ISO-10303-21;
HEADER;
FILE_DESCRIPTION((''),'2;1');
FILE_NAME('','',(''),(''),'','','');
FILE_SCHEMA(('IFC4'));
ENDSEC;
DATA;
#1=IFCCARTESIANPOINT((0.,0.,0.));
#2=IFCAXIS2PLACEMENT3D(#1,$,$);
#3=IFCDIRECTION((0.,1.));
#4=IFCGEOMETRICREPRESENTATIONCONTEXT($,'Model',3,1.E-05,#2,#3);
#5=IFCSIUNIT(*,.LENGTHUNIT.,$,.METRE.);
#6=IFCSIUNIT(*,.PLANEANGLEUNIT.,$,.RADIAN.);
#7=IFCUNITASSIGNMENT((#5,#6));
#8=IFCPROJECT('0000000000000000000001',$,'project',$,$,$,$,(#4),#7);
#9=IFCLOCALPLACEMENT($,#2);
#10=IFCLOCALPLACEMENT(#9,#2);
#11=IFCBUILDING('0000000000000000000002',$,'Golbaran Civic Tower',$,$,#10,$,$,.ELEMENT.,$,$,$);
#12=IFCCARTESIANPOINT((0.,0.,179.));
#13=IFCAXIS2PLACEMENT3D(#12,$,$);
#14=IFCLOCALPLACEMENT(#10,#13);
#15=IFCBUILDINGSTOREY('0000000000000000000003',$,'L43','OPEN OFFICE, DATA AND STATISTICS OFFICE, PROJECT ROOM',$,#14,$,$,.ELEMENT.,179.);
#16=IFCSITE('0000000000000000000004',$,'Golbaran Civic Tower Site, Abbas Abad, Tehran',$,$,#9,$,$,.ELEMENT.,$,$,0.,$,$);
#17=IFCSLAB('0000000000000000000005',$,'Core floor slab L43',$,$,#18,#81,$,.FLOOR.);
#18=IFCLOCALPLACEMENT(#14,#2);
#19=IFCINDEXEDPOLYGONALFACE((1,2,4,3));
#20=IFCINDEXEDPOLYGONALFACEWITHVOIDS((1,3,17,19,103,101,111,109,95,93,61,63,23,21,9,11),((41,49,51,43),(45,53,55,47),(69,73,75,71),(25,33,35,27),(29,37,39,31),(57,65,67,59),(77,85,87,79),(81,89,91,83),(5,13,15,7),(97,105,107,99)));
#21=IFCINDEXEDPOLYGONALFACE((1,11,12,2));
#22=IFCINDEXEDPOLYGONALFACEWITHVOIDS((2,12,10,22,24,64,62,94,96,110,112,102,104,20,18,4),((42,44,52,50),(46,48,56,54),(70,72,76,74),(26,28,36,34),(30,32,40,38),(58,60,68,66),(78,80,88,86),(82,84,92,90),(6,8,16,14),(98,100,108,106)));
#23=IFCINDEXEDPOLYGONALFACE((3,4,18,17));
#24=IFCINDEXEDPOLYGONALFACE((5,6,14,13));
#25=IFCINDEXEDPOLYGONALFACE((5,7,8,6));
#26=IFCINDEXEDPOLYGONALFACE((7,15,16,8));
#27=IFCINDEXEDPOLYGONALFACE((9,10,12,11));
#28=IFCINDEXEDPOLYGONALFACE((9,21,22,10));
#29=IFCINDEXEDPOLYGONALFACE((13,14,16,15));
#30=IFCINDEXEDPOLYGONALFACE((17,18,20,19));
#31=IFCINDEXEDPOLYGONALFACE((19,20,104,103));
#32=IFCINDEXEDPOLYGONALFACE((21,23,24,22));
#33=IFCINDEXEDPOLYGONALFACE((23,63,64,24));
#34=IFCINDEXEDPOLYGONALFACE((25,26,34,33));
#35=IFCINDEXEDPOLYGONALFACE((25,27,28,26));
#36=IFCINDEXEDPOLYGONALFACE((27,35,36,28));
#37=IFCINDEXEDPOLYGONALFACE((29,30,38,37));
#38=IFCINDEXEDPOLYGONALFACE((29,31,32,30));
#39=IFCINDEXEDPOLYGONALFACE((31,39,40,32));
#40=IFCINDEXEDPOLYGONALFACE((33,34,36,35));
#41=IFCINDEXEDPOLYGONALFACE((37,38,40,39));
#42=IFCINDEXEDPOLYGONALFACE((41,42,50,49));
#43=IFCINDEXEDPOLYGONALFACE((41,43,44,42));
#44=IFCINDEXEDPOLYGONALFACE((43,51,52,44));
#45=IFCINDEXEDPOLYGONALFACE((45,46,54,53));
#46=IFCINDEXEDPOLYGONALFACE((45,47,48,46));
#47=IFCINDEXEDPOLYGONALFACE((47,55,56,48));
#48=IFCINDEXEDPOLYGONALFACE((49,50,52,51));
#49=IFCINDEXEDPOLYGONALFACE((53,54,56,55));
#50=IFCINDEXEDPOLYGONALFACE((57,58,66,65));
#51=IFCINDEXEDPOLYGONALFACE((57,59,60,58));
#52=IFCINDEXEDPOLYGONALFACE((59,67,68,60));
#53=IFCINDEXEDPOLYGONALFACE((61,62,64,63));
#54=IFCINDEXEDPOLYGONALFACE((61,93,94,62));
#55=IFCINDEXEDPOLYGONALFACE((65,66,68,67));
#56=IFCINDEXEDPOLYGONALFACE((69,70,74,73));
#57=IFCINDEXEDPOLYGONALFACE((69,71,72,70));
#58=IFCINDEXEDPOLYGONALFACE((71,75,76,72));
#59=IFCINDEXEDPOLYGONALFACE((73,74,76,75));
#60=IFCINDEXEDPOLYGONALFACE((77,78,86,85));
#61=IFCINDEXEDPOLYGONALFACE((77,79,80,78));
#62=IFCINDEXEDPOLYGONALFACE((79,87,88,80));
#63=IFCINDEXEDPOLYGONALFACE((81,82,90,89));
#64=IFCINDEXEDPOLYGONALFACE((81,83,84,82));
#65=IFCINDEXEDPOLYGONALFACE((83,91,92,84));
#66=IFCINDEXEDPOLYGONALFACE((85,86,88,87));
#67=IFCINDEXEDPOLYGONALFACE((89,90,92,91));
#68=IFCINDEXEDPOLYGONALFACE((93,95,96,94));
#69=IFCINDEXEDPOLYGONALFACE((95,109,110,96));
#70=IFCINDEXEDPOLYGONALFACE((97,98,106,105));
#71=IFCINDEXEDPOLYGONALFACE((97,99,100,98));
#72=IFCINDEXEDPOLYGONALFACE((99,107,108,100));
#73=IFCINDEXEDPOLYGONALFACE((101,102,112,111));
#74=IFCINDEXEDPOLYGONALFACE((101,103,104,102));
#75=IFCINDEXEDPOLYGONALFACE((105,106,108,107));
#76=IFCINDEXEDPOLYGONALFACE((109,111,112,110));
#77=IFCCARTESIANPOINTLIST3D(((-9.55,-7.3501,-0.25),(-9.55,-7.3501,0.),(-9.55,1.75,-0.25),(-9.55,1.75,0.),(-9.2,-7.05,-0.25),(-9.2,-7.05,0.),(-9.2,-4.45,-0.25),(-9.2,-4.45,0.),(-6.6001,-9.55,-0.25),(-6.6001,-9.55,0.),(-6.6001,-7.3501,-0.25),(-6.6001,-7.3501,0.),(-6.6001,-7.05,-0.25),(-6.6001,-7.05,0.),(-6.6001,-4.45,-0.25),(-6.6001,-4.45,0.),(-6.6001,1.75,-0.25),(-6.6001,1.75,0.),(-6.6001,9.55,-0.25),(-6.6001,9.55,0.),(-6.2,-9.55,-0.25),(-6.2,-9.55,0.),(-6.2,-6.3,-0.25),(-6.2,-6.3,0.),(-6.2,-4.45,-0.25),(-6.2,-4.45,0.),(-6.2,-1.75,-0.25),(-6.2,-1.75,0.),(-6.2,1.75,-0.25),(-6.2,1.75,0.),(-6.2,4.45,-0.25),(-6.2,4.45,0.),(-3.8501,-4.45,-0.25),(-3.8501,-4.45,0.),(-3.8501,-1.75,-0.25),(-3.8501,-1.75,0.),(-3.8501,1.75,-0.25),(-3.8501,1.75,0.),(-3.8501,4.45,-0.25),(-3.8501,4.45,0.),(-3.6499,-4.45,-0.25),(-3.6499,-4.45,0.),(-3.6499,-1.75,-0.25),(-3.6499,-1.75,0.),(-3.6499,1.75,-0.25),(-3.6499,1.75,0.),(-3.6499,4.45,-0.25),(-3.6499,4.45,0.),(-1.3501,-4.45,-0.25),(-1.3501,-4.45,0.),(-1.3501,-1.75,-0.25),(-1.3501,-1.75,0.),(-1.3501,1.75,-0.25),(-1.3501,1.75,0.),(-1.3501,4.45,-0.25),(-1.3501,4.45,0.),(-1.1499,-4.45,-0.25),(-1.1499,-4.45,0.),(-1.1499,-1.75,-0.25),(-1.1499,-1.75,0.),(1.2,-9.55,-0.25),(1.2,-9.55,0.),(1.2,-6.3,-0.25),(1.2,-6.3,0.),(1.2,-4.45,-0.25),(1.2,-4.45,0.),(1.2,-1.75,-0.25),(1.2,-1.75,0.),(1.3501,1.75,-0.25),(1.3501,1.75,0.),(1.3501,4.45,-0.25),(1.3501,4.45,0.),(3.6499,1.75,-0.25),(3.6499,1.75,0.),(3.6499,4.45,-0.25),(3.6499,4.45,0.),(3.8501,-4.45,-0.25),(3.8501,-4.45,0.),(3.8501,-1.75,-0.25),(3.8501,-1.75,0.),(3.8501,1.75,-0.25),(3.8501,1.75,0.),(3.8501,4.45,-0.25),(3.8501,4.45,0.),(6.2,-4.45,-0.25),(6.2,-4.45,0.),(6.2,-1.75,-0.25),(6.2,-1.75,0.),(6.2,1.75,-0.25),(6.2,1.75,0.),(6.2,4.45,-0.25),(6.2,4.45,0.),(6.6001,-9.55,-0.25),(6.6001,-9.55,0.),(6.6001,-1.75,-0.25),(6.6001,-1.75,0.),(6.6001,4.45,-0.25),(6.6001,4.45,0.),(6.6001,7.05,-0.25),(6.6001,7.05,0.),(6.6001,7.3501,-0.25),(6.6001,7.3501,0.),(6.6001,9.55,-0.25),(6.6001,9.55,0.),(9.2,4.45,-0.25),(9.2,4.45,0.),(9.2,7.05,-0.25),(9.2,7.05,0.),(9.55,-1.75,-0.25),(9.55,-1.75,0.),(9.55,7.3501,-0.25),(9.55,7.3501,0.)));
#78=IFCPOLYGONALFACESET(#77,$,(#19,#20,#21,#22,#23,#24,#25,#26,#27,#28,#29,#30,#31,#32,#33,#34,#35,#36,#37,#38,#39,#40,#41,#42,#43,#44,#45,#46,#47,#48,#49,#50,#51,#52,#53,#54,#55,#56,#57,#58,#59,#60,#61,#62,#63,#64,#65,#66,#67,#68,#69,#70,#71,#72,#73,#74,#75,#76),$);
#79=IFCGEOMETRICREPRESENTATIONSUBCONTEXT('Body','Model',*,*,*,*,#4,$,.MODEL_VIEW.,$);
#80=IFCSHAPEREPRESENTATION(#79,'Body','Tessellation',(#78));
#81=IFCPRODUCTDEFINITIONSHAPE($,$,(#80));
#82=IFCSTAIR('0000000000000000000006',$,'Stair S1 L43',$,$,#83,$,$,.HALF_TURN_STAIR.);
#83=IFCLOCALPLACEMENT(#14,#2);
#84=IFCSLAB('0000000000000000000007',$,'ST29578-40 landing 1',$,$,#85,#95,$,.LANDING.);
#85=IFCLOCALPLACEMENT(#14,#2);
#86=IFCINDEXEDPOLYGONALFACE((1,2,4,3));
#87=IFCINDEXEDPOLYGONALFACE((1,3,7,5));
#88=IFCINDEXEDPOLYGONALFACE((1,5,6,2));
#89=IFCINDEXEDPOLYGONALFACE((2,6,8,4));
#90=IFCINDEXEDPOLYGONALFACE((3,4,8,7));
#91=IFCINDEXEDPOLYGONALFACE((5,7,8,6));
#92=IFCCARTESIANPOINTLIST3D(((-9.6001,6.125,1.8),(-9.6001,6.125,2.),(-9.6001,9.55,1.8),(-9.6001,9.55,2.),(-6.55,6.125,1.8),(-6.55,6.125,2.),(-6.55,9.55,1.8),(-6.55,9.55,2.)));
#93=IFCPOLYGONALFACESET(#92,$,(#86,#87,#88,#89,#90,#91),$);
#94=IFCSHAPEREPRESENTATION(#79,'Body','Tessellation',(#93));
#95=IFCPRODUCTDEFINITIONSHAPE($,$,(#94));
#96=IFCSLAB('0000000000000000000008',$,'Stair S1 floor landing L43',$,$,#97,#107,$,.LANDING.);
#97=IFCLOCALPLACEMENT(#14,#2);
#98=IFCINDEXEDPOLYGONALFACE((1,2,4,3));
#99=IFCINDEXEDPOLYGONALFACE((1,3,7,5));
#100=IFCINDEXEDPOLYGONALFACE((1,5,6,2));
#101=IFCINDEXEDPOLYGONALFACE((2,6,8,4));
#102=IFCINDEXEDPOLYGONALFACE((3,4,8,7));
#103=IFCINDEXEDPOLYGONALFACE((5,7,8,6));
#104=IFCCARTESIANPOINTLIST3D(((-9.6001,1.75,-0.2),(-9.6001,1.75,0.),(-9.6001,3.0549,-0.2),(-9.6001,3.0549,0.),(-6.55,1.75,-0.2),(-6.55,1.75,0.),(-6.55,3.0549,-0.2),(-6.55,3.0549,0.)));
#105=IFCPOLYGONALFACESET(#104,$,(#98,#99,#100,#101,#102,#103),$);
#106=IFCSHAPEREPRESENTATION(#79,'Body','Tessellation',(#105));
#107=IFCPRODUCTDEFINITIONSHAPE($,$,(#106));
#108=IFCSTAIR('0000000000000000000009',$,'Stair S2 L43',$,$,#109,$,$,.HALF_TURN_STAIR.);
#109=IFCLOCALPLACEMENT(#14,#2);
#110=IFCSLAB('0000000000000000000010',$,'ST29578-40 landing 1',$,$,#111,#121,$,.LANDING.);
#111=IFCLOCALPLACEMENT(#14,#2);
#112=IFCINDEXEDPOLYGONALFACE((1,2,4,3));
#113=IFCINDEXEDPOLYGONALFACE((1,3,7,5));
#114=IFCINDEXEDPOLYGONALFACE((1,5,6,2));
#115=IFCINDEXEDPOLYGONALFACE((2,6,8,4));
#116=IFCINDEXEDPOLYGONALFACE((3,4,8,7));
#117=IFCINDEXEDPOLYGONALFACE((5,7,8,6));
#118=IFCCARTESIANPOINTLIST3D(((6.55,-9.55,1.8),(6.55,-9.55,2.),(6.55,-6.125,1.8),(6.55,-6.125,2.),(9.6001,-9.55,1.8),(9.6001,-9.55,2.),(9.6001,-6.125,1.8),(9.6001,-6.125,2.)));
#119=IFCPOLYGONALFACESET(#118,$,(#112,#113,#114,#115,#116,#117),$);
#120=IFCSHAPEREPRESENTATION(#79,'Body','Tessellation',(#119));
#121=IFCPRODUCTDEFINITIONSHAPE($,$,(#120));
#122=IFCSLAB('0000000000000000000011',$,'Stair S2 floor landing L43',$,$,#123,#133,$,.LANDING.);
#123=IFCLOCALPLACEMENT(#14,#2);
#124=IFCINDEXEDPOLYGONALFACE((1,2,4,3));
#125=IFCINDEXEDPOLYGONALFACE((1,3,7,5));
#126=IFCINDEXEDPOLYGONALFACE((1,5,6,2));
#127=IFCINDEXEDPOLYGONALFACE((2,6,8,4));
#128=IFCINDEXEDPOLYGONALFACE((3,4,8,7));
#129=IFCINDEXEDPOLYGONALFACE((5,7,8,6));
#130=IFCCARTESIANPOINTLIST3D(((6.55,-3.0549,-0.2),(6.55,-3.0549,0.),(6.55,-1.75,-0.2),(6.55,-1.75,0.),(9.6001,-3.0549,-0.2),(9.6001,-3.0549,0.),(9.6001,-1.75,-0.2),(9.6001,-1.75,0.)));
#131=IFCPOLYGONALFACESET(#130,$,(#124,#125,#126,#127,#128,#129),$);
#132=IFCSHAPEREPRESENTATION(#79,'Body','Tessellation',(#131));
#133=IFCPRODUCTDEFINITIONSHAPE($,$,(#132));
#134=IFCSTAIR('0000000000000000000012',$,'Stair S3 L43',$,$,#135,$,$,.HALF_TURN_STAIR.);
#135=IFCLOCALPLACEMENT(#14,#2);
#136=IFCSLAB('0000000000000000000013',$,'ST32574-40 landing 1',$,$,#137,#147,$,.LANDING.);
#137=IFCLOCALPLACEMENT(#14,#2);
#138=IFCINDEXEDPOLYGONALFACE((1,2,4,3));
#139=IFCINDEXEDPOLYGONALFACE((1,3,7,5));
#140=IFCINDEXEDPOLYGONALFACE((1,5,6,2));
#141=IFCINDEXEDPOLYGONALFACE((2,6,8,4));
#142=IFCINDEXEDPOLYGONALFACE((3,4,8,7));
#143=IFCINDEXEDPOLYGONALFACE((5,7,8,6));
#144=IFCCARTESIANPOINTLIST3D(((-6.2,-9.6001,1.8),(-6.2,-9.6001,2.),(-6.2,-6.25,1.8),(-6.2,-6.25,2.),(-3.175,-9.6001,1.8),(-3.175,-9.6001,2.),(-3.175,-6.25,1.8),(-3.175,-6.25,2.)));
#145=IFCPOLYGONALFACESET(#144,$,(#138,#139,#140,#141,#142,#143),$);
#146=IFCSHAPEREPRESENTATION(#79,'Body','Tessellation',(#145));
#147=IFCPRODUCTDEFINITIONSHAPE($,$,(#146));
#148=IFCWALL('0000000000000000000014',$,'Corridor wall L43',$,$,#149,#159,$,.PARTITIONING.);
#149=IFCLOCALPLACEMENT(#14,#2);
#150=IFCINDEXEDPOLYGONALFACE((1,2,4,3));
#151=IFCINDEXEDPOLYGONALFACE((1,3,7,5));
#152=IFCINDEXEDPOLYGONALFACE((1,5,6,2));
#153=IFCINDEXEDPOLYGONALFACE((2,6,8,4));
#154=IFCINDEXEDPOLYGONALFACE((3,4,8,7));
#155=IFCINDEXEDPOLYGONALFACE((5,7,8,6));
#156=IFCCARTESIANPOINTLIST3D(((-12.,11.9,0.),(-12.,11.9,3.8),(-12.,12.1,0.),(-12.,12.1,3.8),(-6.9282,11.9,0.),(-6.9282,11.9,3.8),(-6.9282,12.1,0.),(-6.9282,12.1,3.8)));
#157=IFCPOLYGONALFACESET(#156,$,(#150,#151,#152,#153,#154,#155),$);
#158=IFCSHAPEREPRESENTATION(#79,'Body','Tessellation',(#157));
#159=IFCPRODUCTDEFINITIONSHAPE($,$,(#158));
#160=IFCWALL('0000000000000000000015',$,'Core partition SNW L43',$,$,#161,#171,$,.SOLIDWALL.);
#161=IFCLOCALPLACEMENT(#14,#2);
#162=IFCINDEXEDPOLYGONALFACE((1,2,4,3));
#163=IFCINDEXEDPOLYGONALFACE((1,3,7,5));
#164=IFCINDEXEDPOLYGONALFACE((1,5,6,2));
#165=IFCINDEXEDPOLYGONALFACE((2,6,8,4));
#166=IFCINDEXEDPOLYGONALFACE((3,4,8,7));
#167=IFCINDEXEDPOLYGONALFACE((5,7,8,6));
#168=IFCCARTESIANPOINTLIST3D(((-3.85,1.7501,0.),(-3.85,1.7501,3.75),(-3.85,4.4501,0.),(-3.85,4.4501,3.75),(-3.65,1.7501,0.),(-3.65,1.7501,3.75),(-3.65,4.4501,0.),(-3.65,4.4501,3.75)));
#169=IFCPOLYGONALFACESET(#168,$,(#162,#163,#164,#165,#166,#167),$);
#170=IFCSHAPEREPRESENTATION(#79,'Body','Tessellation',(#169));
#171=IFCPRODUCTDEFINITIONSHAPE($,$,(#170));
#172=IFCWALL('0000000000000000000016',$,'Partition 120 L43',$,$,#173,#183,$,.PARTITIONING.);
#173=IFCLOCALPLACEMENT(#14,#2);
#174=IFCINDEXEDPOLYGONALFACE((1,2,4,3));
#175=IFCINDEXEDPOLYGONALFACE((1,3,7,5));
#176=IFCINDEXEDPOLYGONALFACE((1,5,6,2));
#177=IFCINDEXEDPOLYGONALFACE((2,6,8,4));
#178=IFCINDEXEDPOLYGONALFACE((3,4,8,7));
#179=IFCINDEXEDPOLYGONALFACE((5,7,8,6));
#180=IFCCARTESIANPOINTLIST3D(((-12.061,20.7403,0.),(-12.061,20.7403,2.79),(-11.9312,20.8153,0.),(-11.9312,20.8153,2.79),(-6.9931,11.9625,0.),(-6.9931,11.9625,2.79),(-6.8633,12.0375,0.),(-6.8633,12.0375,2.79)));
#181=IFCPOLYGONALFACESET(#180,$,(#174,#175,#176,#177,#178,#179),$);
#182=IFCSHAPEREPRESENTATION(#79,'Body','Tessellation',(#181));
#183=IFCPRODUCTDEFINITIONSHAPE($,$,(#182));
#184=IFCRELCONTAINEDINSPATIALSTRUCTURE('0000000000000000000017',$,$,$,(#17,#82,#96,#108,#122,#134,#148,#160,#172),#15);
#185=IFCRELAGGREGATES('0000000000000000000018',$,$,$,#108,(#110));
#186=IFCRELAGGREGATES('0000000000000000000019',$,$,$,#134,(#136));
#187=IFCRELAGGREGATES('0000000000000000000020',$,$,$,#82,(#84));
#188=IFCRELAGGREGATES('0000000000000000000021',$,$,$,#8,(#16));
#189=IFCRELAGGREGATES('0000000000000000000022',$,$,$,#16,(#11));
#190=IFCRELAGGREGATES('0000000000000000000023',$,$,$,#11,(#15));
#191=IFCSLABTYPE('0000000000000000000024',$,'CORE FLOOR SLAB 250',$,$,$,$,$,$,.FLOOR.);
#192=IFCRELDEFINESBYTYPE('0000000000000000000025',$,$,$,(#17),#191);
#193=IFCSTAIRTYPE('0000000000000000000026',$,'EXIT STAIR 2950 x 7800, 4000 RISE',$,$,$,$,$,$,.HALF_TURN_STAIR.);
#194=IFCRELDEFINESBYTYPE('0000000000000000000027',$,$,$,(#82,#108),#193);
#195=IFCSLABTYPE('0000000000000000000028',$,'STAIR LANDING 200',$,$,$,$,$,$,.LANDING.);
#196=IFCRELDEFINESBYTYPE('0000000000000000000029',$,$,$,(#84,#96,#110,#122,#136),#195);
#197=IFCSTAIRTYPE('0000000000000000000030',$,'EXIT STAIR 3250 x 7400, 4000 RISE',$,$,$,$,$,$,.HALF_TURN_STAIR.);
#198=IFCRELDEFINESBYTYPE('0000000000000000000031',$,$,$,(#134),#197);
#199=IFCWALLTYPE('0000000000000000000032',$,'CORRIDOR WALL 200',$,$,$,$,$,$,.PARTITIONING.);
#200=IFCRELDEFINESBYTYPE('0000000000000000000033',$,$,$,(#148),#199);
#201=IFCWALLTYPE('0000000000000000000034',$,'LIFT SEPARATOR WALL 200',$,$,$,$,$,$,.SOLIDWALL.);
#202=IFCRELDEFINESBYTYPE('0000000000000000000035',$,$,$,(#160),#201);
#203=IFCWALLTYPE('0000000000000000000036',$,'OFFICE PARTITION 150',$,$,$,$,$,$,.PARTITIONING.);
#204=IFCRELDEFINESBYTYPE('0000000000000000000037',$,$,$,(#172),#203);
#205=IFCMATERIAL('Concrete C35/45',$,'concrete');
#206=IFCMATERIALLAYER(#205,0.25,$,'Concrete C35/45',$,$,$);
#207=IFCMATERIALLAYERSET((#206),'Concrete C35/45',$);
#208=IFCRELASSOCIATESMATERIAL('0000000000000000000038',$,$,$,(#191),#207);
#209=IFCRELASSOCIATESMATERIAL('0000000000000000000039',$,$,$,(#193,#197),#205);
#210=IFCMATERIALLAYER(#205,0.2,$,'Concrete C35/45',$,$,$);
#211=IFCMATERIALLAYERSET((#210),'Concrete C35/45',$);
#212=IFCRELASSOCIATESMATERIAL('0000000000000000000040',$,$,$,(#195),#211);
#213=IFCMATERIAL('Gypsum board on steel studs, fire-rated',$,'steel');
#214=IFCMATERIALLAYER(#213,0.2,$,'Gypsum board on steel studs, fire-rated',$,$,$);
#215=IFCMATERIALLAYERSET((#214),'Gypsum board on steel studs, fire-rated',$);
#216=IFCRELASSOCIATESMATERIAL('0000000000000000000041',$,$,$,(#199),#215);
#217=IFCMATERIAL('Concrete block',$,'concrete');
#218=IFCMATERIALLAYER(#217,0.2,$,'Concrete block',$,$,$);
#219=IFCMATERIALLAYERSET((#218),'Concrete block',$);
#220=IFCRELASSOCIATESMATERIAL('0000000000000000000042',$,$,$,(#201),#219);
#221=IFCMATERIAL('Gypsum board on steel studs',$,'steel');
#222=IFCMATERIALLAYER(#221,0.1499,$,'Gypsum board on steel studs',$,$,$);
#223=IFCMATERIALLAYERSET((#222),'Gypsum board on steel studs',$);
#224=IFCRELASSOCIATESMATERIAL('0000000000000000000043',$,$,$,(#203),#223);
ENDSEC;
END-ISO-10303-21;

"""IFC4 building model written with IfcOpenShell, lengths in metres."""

from ifc_helpers import new_model, si_unit, direction, frame, frame_2d, origin, place, context, subcontext, project, spatial, polyline, rectangle, outline, extrude, material, layer, layer_set, type_object, element, aggregate, save


model = new_model("IFC4")

# Units and contexts
model_context = context("Model", 3, precision=1e-05, world=origin(), true_north=direction((0.0, 1.0)))
body_context = subcontext(model_context, "Body", "Model", "MODEL_VIEW")
ifc_project = project(units=[si_unit("LENGTHUNIT", "METRE"), si_unit("PLANEANGLEUNIT", "RADIAN")], contexts=[model_context])

# Site, building, storey
site_placement = place(None, origin())
site = spatial("IfcSite", under=ifc_project, at=site_placement, Name="Golbaran Civic Tower Site, Abbas Abad, Tehran", CompositionType="ELEMENT", RefElevation=0.0)
building_placement = place(site_placement, origin())
building = spatial("IfcBuilding", under=site, at=building_placement, Name="Golbaran Civic Tower", CompositionType="ELEMENT")
storey_placement = place(building_placement, frame((0.0, 0.0, 179.0)))
storey = spatial("IfcBuildingStorey", under=building, at=storey_placement, Name="L43", Description="OPEN OFFICE, DATA AND STATISTICS OFFICE, PROJECT ROOM", CompositionType="ELEMENT", Elevation=179.0)

# Slab
ifc_material_1 = material(Name="Concrete C35/45", Category="concrete")
ifc_layer_1 = layer(ifc_material_1, 0.25, Name="Concrete C35/45")
ifc_layer_set_1 = layer_set([ifc_layer_1], Name="Concrete C35/45")
slab_type_1 = type_object("IfcSlabType", Name="CORE FLOOR SLAB 250", PredefinedType="FLOOR", material=ifc_layer_set_1)
slab_1_placement = place(storey_placement, frame((0.0, 0.0, -0.25)))
element("IfcSlab", 1, at=slab_1_placement, inside=storey, type_object=slab_type_1, Name="Core floor slab L43", PredefinedType="FLOOR", context=body_context, shape_type="SweptSolid", body=[
    extrude(outline(polyline([(6.6001, -1.75), (6.6001, -9.55), (1.2, -9.55), (1.2, -6.3), (-6.2, -6.3), (-6.2, -9.55), (-6.6001, -9.55), (-6.6001, -7.3501), (-9.55, -7.3501), (-9.55, 1.75), (-6.6001, 1.75), (-6.6001, 9.55), (6.6001, 9.55), (6.6001, 7.3501), (9.55, 7.3501), (9.55, -1.75), (6.6001, -1.75)]), holes=[polyline([(9.2, 7.05), (6.6001, 7.05), (6.6001, 4.45), (9.2, 4.45), (9.2, 7.05)]), polyline([(6.2, -1.75), (3.8501, -1.75), (3.8501, -4.45), (6.2, -4.45), (6.2, -1.75)]), polyline([(6.2, 4.45), (3.8501, 4.45), (3.8501, 1.75), (6.2, 1.75), (6.2, 4.45)]), polyline([(3.6499, 4.45), (1.3501, 4.45), (1.3501, 1.75), (3.6499, 1.75), (3.6499, 4.45)]), polyline([(1.2, -1.75), (-1.1499, -1.75), (-1.1499, -4.45), (1.2, -4.45), (1.2, -1.75)]), polyline([(-1.3501, 4.45), (-3.6499, 4.45), (-3.6499, 1.75), (-1.3501, 1.75), (-1.3501, 4.45)]), polyline([(-1.3501, -1.75), (-3.6499, -1.75), (-3.6499, -4.45), (-1.3501, -4.45), (-1.3501, -1.75)]), polyline([(-3.8501, -1.75), (-6.2, -1.75), (-6.2, -4.45), (-3.8501, -4.45), (-3.8501, -1.75)]), polyline([(-3.8501, 4.45), (-6.2, 4.45), (-6.2, 1.75), (-3.8501, 1.75), (-3.8501, 4.45)]), polyline([(-6.6001, -4.45), (-9.2, -4.45), (-9.2, -7.05), (-6.6001, -7.05), (-6.6001, -4.45)])]), origin(), (0.0, 0.0, 1.0), 0.25),
])

# Stair, slab
stair_type_1 = type_object("IfcStairType", Name="EXIT STAIR 2950 x 7800, 4000 RISE", PredefinedType="HALF_TURN_STAIR", material=ifc_material_1)
stair_1_placement = place(storey_placement, origin())
stair_1 = element("IfcStair", 2, at=stair_1_placement, inside=storey, type_object=stair_type_1, Name="Stair S1 L43", PredefinedType="HALF_TURN_STAIR")
ifc_layer_2 = layer(ifc_material_1, 0.2, Name="Concrete C35/45")
ifc_layer_set_2 = layer_set([ifc_layer_2], Name="Concrete C35/45")
slab_type_2 = type_object("IfcSlabType", Name="STAIR LANDING 200", PredefinedType="LANDING", material=ifc_layer_set_2)
slab_2_placement = place(storey_placement, frame((0.0, 0.0, 1.8)))
slab_2 = element("IfcSlab", 3, at=slab_2_placement, type_object=slab_type_2, Name="ST29578-40 landing 1", PredefinedType="LANDING", context=body_context, shape_type="SweptSolid", body=[
    extrude(outline(polyline([(-9.6001, 6.125), (-9.6001, 9.55), (-6.55, 9.55), (-6.55, 6.125), (-9.6001, 6.125)])), origin(), (0.0, 0.0, 1.0), 0.2),
])

# Slab
slab_3_placement = place(storey_placement, frame((0.0, 0.0, -0.2)))
element("IfcSlab", 4, at=slab_3_placement, inside=storey, type_object=slab_type_2, Name="Stair S1 floor landing L43", PredefinedType="LANDING", context=body_context, shape_type="SweptSolid", body=[
    extrude(outline(polyline([(-9.6001, 1.75), (-9.6001, 3.0549), (-6.55, 3.0549), (-6.55, 1.75), (-9.6001, 1.75)])), origin(), (0.0, 0.0, 1.0), 0.2),
])

# Stair, slab
stair_2_placement = place(storey_placement, origin())
stair_2 = element("IfcStair", 5, at=stair_2_placement, inside=storey, type_object=stair_type_1, Name="Stair S2 L43", PredefinedType="HALF_TURN_STAIR")
slab_4_placement = place(storey_placement, frame((0.0, 0.0, 1.8)))
slab_4 = element("IfcSlab", 6, at=slab_4_placement, type_object=slab_type_2, Name="ST29578-40 landing 1", PredefinedType="LANDING", context=body_context, shape_type="SweptSolid", body=[
    extrude(outline(polyline([(9.6001, -6.125), (9.6001, -9.55), (6.55, -9.55), (6.55, -6.125), (9.6001, -6.125)])), origin(), (0.0, 0.0, 1.0), 0.2),
])
aggregate(stair_2, [slab_4])

# Slab
slab_5_placement = place(storey_placement, frame((0.0, 0.0, -0.2)))
element("IfcSlab", 7, at=slab_5_placement, inside=storey, type_object=slab_type_2, Name="Stair S2 floor landing L43", PredefinedType="LANDING", context=body_context, shape_type="SweptSolid", body=[
    extrude(outline(polyline([(9.6001, -1.75), (9.6001, -3.0549), (6.55, -3.0549), (6.55, -1.75), (9.6001, -1.75)])), origin(), (0.0, 0.0, 1.0), 0.2),
])

# Stair, slab
stair_type_2 = type_object("IfcStairType", Name="EXIT STAIR 3250 x 7400, 4000 RISE", PredefinedType="HALF_TURN_STAIR", material=ifc_material_1)
stair_3_placement = place(storey_placement, origin())
stair_3 = element("IfcStair", 8, at=stair_3_placement, inside=storey, type_object=stair_type_2, Name="Stair S3 L43", PredefinedType="HALF_TURN_STAIR")
slab_6_placement = place(storey_placement, frame((0.0, 0.0, 1.8)))
slab_6 = element("IfcSlab", 9, at=slab_6_placement, type_object=slab_type_2, Name="ST32574-40 landing 1", PredefinedType="LANDING", context=body_context, shape_type="SweptSolid", body=[
    extrude(outline(polyline([(-3.175, -9.6001), (-6.2, -9.6001), (-6.2, -6.25), (-3.175, -6.25), (-3.175, -9.6001)])), origin(), (0.0, 0.0, 1.0), 0.2),
])
aggregate(stair_3, [slab_6])

# Walls
ifc_material_2 = material(Name="Gypsum board on steel studs, fire-rated", Category="steel")
ifc_layer_3 = layer(ifc_material_2, 0.2, Name="Gypsum board on steel studs, fire-rated")
ifc_layer_set_3 = layer_set([ifc_layer_3], Name="Gypsum board on steel studs, fire-rated")
wall_type_1 = type_object("IfcWallType", Name="CORRIDOR WALL 200", PredefinedType="PARTITIONING", material=ifc_layer_set_3)
wall_1_placement = place(storey_placement, frame((-6.9282, 12.0, 0.0), z_axis=(0.0, 0.0, 1.0), x_axis=(-1.0, 0.0, 0.0)))
element("IfcWall", 10, at=wall_1_placement, inside=storey, type_object=wall_type_1, Name="Corridor wall L43", PredefinedType="PARTITIONING", context=body_context, shape_type="SweptSolid", body=[
    extrude(rectangle(XDim=5.0718, YDim=0.2, at=frame_2d((2.5359, 0.0))), origin(), (0.0, 0.0, 1.0), 3.8),
])
ifc_material_3 = material(Name="Concrete block", Category="concrete")
ifc_layer_4 = layer(ifc_material_3, 0.2, Name="Concrete block")
ifc_layer_set_4 = layer_set([ifc_layer_4], Name="Concrete block")
wall_type_2 = type_object("IfcWallType", Name="LIFT SEPARATOR WALL 200", PredefinedType="SOLIDWALL", material=ifc_layer_set_4)
wall_2_placement = place(storey_placement, frame((-3.75, 1.75, 0.0), z_axis=(0.0, 0.0, 1.0), x_axis=(0.0, 1.0, 0.0)))
element("IfcWall", 11, at=wall_2_placement, inside=storey, type_object=wall_type_2, Name="Core partition SNW L43", PredefinedType="SOLIDWALL", context=body_context, shape_type="SweptSolid", body=[
    extrude(rectangle(XDim=2.7, YDim=0.2, at=frame_2d((1.3501, 0.0))), origin(), (0.0, 0.0, 1.0), 3.75),
])
ifc_material_4 = material(Name="Gypsum board on steel studs", Category="steel")
ifc_layer_5 = layer(ifc_material_4, 0.1499, Name="Gypsum board on steel studs")
ifc_layer_set_5 = layer_set([ifc_layer_5], Name="Gypsum board on steel studs")
wall_type_3 = type_object("IfcWallType", Name="OFFICE PARTITION 150", PredefinedType="PARTITIONING", material=ifc_layer_set_5)
wall_3_placement = place(storey_placement, frame((-6.9282, 12.0, 0.0), z_axis=(0.0, 0.0, 1.0), x_axis=(-0.499999, 0.866026, 0.0)))
element("IfcWall", 12, at=wall_3_placement, inside=storey, type_object=wall_type_3, Name="Partition 120 L43", PredefinedType="PARTITIONING", context=body_context, shape_type="SweptSolid", body=[
    extrude(rectangle(XDim=10.1357, YDim=0.1499, at=frame_2d((5.0679, 0.0))), origin(), (0.0, 0.0, 1.0), 2.79),
])

aggregate(stair_1, [slab_2])

save(model, "model.ifc")
